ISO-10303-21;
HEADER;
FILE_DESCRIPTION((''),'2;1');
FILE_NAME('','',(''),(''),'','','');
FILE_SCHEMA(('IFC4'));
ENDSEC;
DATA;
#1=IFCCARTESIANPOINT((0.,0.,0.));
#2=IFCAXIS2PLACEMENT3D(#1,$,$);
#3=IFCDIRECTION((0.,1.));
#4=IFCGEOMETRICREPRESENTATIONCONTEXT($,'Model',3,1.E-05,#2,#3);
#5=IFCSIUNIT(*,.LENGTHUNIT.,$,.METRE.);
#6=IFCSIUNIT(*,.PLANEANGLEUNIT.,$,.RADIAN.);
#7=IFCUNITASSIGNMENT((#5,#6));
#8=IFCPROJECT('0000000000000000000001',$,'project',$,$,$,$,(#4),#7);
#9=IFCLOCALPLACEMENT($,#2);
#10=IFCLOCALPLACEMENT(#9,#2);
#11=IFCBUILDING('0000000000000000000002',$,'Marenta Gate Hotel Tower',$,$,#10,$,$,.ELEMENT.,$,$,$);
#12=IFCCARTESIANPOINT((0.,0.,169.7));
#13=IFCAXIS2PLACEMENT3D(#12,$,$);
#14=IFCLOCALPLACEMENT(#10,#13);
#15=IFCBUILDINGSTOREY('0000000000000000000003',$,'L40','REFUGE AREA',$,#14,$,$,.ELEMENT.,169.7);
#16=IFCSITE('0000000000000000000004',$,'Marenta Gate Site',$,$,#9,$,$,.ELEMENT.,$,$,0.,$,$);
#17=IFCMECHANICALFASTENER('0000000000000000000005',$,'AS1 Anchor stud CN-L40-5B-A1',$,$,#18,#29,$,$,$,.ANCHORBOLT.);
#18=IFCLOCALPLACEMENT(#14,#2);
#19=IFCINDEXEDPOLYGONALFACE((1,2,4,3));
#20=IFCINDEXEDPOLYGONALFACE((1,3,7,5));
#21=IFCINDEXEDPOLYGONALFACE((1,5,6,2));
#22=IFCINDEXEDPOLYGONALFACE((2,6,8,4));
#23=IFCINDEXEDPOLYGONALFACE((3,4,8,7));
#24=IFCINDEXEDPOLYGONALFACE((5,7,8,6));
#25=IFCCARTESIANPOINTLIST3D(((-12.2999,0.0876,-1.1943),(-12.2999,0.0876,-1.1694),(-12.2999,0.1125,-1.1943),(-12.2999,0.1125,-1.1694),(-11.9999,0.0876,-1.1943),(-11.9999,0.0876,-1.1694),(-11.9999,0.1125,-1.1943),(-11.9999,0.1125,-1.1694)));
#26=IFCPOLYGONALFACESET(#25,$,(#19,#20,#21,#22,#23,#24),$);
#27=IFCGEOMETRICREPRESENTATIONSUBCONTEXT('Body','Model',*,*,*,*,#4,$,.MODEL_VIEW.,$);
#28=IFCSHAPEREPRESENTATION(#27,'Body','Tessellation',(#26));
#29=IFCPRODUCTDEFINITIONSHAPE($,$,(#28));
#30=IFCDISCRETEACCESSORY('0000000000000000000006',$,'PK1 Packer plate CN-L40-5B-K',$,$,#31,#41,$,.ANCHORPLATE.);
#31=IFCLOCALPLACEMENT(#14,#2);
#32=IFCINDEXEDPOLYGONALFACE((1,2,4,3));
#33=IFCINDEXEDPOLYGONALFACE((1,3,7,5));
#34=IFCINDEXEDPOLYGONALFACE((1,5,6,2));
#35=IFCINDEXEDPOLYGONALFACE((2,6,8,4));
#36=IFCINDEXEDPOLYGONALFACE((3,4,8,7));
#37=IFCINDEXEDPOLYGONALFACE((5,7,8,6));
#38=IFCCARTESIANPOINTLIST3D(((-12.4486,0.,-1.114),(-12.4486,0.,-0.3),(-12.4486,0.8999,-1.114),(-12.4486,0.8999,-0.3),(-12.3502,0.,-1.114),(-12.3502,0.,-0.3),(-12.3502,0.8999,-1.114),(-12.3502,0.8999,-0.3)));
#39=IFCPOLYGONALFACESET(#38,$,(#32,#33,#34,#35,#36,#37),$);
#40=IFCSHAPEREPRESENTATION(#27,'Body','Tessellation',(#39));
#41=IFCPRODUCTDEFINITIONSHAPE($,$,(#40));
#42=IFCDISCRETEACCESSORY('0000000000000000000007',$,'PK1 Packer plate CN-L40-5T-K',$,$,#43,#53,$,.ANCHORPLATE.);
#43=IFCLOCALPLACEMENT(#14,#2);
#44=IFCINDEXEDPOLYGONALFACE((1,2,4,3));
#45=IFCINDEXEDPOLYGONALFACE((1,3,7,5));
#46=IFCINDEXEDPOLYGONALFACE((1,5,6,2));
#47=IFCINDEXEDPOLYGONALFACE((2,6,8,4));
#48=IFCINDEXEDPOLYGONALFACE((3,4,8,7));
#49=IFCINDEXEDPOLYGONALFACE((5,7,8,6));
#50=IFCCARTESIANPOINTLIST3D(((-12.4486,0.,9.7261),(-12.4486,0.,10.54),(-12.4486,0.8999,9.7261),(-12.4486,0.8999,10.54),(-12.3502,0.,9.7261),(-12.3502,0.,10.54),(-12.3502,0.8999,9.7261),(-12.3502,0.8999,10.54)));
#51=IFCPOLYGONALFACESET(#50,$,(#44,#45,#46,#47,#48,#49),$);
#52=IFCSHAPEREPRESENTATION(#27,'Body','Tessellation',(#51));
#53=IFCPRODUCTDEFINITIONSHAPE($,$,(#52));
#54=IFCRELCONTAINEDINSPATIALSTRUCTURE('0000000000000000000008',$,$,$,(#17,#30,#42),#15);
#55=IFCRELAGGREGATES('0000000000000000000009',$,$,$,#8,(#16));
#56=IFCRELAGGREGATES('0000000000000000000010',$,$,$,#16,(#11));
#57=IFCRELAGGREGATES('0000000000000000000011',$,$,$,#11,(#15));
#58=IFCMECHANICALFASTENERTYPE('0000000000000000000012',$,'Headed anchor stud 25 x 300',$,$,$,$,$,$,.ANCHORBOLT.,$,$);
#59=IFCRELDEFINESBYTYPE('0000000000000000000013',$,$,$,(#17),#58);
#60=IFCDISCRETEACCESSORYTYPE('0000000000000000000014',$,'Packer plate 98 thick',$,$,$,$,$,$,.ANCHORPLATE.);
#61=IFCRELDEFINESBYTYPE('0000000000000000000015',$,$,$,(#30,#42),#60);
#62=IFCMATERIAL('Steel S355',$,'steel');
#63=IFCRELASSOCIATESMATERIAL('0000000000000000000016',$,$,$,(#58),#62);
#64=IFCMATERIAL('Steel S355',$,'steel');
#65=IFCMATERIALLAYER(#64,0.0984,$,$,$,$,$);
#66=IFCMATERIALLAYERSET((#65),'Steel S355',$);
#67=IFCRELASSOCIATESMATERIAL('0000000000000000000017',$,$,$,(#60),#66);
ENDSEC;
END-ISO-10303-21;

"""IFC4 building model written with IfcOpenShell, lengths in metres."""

from ifc_helpers import new_model, si_unit, direction, frame, origin, origin_2d, place, context, subcontext, project, spatial, rectangle, extrude, material, layer, layer_set, type_object, element, save


model = new_model("IFC4")

# Units and contexts
model_context = context("Model", 3, precision=1e-05, world=origin(), true_north=direction((0.0, 1.0)))
body_context = subcontext(model_context, "Body", "Model", "MODEL_VIEW")
ifc_project = project(units=[si_unit("LENGTHUNIT", "METRE"), si_unit("PLANEANGLEUNIT", "RADIAN")], contexts=[model_context])

# Site, building, storey
site_placement = place(None, origin())
site = spatial("IfcSite", under=ifc_project, at=site_placement, Name="Marenta Gate Site", CompositionType="ELEMENT", RefElevation=0.0)
building_placement = place(site_placement, origin())
building = spatial("IfcBuilding", under=site, at=building_placement, Name="Marenta Gate Hotel Tower", CompositionType="ELEMENT")
storey_placement = place(building_placement, frame((0.0, 0.0, 169.7)))
storey = spatial("IfcBuildingStorey", under=building, at=storey_placement, Name="L40", Description="REFUGE AREA", CompositionType="ELEMENT", Elevation=169.7)

# Mechanical fastener
ifc_material_1 = material(Name="Steel S355", Category="steel")
mechanical_fastener_type = type_object("IfcMechanicalFastenerType", Name="Headed anchor stud 25 x 300", PredefinedType="ANCHORBOLT", material=ifc_material_1)
mechanical_fastener_placement = place(storey_placement, frame((-12.1499, 0.1001, -1.1943), z_axis=(0.0, 0.0, 1.0), x_axis=(1.0, 0.0, 0.0)))
element("IfcMechanicalFastener", 1, at=mechanical_fastener_placement, inside=storey, type_object=mechanical_fastener_type, Name="AS1 Anchor stud CN-L40-5B-A1", PredefinedType="ANCHORBOLT", context=body_context, shape_type="SweptSolid", body=[
    extrude(rectangle(XDim=0.3, YDim=0.0249, at=origin_2d()), origin(), (0.0, 0.0, 1.0), 0.0249),
])

# Discrete accessories
ifc_material_2 = material(Name="Steel S355", Category="steel")
ifc_layer_1 = layer(ifc_material_2, 0.0984)
ifc_layer_set_1 = layer_set([ifc_layer_1], Name="Steel S355")
discrete_accessory_type_1 = type_object("IfcDiscreteAccessoryType", Name="Packer plate 98 thick", PredefinedType="ANCHORPLATE", material=ifc_layer_set_1)
for number, where, z_axis, x_axis, name in (
    (2, (-12.3994, 0.45, -1.114), (0.0, 0.0, 1.0), (1.0, 0.0, 0.0), "PK1 Packer plate CN-L40-5B-K"),
    (3, (-12.3994, 0.45, 9.7261), (0.0, 0.0, 1.0), (1.0, 0.0, 0.0), "PK1 Packer plate CN-L40-5T-K"),
):
    element("IfcDiscreteAccessory", number, at=place(storey_placement, frame(where, z_axis=z_axis, x_axis=x_axis)), inside=storey, type_object=discrete_accessory_type_1, Name=name, PredefinedType="ANCHORPLATE", context=body_context, shape_type="SweptSolid", body=[
        extrude(rectangle(XDim=0.0984, YDim=0.8999, at=origin_2d()), origin(), (0.0, 0.0, 1.0), 0.814),
    ])

save(model, "model.ifc")
